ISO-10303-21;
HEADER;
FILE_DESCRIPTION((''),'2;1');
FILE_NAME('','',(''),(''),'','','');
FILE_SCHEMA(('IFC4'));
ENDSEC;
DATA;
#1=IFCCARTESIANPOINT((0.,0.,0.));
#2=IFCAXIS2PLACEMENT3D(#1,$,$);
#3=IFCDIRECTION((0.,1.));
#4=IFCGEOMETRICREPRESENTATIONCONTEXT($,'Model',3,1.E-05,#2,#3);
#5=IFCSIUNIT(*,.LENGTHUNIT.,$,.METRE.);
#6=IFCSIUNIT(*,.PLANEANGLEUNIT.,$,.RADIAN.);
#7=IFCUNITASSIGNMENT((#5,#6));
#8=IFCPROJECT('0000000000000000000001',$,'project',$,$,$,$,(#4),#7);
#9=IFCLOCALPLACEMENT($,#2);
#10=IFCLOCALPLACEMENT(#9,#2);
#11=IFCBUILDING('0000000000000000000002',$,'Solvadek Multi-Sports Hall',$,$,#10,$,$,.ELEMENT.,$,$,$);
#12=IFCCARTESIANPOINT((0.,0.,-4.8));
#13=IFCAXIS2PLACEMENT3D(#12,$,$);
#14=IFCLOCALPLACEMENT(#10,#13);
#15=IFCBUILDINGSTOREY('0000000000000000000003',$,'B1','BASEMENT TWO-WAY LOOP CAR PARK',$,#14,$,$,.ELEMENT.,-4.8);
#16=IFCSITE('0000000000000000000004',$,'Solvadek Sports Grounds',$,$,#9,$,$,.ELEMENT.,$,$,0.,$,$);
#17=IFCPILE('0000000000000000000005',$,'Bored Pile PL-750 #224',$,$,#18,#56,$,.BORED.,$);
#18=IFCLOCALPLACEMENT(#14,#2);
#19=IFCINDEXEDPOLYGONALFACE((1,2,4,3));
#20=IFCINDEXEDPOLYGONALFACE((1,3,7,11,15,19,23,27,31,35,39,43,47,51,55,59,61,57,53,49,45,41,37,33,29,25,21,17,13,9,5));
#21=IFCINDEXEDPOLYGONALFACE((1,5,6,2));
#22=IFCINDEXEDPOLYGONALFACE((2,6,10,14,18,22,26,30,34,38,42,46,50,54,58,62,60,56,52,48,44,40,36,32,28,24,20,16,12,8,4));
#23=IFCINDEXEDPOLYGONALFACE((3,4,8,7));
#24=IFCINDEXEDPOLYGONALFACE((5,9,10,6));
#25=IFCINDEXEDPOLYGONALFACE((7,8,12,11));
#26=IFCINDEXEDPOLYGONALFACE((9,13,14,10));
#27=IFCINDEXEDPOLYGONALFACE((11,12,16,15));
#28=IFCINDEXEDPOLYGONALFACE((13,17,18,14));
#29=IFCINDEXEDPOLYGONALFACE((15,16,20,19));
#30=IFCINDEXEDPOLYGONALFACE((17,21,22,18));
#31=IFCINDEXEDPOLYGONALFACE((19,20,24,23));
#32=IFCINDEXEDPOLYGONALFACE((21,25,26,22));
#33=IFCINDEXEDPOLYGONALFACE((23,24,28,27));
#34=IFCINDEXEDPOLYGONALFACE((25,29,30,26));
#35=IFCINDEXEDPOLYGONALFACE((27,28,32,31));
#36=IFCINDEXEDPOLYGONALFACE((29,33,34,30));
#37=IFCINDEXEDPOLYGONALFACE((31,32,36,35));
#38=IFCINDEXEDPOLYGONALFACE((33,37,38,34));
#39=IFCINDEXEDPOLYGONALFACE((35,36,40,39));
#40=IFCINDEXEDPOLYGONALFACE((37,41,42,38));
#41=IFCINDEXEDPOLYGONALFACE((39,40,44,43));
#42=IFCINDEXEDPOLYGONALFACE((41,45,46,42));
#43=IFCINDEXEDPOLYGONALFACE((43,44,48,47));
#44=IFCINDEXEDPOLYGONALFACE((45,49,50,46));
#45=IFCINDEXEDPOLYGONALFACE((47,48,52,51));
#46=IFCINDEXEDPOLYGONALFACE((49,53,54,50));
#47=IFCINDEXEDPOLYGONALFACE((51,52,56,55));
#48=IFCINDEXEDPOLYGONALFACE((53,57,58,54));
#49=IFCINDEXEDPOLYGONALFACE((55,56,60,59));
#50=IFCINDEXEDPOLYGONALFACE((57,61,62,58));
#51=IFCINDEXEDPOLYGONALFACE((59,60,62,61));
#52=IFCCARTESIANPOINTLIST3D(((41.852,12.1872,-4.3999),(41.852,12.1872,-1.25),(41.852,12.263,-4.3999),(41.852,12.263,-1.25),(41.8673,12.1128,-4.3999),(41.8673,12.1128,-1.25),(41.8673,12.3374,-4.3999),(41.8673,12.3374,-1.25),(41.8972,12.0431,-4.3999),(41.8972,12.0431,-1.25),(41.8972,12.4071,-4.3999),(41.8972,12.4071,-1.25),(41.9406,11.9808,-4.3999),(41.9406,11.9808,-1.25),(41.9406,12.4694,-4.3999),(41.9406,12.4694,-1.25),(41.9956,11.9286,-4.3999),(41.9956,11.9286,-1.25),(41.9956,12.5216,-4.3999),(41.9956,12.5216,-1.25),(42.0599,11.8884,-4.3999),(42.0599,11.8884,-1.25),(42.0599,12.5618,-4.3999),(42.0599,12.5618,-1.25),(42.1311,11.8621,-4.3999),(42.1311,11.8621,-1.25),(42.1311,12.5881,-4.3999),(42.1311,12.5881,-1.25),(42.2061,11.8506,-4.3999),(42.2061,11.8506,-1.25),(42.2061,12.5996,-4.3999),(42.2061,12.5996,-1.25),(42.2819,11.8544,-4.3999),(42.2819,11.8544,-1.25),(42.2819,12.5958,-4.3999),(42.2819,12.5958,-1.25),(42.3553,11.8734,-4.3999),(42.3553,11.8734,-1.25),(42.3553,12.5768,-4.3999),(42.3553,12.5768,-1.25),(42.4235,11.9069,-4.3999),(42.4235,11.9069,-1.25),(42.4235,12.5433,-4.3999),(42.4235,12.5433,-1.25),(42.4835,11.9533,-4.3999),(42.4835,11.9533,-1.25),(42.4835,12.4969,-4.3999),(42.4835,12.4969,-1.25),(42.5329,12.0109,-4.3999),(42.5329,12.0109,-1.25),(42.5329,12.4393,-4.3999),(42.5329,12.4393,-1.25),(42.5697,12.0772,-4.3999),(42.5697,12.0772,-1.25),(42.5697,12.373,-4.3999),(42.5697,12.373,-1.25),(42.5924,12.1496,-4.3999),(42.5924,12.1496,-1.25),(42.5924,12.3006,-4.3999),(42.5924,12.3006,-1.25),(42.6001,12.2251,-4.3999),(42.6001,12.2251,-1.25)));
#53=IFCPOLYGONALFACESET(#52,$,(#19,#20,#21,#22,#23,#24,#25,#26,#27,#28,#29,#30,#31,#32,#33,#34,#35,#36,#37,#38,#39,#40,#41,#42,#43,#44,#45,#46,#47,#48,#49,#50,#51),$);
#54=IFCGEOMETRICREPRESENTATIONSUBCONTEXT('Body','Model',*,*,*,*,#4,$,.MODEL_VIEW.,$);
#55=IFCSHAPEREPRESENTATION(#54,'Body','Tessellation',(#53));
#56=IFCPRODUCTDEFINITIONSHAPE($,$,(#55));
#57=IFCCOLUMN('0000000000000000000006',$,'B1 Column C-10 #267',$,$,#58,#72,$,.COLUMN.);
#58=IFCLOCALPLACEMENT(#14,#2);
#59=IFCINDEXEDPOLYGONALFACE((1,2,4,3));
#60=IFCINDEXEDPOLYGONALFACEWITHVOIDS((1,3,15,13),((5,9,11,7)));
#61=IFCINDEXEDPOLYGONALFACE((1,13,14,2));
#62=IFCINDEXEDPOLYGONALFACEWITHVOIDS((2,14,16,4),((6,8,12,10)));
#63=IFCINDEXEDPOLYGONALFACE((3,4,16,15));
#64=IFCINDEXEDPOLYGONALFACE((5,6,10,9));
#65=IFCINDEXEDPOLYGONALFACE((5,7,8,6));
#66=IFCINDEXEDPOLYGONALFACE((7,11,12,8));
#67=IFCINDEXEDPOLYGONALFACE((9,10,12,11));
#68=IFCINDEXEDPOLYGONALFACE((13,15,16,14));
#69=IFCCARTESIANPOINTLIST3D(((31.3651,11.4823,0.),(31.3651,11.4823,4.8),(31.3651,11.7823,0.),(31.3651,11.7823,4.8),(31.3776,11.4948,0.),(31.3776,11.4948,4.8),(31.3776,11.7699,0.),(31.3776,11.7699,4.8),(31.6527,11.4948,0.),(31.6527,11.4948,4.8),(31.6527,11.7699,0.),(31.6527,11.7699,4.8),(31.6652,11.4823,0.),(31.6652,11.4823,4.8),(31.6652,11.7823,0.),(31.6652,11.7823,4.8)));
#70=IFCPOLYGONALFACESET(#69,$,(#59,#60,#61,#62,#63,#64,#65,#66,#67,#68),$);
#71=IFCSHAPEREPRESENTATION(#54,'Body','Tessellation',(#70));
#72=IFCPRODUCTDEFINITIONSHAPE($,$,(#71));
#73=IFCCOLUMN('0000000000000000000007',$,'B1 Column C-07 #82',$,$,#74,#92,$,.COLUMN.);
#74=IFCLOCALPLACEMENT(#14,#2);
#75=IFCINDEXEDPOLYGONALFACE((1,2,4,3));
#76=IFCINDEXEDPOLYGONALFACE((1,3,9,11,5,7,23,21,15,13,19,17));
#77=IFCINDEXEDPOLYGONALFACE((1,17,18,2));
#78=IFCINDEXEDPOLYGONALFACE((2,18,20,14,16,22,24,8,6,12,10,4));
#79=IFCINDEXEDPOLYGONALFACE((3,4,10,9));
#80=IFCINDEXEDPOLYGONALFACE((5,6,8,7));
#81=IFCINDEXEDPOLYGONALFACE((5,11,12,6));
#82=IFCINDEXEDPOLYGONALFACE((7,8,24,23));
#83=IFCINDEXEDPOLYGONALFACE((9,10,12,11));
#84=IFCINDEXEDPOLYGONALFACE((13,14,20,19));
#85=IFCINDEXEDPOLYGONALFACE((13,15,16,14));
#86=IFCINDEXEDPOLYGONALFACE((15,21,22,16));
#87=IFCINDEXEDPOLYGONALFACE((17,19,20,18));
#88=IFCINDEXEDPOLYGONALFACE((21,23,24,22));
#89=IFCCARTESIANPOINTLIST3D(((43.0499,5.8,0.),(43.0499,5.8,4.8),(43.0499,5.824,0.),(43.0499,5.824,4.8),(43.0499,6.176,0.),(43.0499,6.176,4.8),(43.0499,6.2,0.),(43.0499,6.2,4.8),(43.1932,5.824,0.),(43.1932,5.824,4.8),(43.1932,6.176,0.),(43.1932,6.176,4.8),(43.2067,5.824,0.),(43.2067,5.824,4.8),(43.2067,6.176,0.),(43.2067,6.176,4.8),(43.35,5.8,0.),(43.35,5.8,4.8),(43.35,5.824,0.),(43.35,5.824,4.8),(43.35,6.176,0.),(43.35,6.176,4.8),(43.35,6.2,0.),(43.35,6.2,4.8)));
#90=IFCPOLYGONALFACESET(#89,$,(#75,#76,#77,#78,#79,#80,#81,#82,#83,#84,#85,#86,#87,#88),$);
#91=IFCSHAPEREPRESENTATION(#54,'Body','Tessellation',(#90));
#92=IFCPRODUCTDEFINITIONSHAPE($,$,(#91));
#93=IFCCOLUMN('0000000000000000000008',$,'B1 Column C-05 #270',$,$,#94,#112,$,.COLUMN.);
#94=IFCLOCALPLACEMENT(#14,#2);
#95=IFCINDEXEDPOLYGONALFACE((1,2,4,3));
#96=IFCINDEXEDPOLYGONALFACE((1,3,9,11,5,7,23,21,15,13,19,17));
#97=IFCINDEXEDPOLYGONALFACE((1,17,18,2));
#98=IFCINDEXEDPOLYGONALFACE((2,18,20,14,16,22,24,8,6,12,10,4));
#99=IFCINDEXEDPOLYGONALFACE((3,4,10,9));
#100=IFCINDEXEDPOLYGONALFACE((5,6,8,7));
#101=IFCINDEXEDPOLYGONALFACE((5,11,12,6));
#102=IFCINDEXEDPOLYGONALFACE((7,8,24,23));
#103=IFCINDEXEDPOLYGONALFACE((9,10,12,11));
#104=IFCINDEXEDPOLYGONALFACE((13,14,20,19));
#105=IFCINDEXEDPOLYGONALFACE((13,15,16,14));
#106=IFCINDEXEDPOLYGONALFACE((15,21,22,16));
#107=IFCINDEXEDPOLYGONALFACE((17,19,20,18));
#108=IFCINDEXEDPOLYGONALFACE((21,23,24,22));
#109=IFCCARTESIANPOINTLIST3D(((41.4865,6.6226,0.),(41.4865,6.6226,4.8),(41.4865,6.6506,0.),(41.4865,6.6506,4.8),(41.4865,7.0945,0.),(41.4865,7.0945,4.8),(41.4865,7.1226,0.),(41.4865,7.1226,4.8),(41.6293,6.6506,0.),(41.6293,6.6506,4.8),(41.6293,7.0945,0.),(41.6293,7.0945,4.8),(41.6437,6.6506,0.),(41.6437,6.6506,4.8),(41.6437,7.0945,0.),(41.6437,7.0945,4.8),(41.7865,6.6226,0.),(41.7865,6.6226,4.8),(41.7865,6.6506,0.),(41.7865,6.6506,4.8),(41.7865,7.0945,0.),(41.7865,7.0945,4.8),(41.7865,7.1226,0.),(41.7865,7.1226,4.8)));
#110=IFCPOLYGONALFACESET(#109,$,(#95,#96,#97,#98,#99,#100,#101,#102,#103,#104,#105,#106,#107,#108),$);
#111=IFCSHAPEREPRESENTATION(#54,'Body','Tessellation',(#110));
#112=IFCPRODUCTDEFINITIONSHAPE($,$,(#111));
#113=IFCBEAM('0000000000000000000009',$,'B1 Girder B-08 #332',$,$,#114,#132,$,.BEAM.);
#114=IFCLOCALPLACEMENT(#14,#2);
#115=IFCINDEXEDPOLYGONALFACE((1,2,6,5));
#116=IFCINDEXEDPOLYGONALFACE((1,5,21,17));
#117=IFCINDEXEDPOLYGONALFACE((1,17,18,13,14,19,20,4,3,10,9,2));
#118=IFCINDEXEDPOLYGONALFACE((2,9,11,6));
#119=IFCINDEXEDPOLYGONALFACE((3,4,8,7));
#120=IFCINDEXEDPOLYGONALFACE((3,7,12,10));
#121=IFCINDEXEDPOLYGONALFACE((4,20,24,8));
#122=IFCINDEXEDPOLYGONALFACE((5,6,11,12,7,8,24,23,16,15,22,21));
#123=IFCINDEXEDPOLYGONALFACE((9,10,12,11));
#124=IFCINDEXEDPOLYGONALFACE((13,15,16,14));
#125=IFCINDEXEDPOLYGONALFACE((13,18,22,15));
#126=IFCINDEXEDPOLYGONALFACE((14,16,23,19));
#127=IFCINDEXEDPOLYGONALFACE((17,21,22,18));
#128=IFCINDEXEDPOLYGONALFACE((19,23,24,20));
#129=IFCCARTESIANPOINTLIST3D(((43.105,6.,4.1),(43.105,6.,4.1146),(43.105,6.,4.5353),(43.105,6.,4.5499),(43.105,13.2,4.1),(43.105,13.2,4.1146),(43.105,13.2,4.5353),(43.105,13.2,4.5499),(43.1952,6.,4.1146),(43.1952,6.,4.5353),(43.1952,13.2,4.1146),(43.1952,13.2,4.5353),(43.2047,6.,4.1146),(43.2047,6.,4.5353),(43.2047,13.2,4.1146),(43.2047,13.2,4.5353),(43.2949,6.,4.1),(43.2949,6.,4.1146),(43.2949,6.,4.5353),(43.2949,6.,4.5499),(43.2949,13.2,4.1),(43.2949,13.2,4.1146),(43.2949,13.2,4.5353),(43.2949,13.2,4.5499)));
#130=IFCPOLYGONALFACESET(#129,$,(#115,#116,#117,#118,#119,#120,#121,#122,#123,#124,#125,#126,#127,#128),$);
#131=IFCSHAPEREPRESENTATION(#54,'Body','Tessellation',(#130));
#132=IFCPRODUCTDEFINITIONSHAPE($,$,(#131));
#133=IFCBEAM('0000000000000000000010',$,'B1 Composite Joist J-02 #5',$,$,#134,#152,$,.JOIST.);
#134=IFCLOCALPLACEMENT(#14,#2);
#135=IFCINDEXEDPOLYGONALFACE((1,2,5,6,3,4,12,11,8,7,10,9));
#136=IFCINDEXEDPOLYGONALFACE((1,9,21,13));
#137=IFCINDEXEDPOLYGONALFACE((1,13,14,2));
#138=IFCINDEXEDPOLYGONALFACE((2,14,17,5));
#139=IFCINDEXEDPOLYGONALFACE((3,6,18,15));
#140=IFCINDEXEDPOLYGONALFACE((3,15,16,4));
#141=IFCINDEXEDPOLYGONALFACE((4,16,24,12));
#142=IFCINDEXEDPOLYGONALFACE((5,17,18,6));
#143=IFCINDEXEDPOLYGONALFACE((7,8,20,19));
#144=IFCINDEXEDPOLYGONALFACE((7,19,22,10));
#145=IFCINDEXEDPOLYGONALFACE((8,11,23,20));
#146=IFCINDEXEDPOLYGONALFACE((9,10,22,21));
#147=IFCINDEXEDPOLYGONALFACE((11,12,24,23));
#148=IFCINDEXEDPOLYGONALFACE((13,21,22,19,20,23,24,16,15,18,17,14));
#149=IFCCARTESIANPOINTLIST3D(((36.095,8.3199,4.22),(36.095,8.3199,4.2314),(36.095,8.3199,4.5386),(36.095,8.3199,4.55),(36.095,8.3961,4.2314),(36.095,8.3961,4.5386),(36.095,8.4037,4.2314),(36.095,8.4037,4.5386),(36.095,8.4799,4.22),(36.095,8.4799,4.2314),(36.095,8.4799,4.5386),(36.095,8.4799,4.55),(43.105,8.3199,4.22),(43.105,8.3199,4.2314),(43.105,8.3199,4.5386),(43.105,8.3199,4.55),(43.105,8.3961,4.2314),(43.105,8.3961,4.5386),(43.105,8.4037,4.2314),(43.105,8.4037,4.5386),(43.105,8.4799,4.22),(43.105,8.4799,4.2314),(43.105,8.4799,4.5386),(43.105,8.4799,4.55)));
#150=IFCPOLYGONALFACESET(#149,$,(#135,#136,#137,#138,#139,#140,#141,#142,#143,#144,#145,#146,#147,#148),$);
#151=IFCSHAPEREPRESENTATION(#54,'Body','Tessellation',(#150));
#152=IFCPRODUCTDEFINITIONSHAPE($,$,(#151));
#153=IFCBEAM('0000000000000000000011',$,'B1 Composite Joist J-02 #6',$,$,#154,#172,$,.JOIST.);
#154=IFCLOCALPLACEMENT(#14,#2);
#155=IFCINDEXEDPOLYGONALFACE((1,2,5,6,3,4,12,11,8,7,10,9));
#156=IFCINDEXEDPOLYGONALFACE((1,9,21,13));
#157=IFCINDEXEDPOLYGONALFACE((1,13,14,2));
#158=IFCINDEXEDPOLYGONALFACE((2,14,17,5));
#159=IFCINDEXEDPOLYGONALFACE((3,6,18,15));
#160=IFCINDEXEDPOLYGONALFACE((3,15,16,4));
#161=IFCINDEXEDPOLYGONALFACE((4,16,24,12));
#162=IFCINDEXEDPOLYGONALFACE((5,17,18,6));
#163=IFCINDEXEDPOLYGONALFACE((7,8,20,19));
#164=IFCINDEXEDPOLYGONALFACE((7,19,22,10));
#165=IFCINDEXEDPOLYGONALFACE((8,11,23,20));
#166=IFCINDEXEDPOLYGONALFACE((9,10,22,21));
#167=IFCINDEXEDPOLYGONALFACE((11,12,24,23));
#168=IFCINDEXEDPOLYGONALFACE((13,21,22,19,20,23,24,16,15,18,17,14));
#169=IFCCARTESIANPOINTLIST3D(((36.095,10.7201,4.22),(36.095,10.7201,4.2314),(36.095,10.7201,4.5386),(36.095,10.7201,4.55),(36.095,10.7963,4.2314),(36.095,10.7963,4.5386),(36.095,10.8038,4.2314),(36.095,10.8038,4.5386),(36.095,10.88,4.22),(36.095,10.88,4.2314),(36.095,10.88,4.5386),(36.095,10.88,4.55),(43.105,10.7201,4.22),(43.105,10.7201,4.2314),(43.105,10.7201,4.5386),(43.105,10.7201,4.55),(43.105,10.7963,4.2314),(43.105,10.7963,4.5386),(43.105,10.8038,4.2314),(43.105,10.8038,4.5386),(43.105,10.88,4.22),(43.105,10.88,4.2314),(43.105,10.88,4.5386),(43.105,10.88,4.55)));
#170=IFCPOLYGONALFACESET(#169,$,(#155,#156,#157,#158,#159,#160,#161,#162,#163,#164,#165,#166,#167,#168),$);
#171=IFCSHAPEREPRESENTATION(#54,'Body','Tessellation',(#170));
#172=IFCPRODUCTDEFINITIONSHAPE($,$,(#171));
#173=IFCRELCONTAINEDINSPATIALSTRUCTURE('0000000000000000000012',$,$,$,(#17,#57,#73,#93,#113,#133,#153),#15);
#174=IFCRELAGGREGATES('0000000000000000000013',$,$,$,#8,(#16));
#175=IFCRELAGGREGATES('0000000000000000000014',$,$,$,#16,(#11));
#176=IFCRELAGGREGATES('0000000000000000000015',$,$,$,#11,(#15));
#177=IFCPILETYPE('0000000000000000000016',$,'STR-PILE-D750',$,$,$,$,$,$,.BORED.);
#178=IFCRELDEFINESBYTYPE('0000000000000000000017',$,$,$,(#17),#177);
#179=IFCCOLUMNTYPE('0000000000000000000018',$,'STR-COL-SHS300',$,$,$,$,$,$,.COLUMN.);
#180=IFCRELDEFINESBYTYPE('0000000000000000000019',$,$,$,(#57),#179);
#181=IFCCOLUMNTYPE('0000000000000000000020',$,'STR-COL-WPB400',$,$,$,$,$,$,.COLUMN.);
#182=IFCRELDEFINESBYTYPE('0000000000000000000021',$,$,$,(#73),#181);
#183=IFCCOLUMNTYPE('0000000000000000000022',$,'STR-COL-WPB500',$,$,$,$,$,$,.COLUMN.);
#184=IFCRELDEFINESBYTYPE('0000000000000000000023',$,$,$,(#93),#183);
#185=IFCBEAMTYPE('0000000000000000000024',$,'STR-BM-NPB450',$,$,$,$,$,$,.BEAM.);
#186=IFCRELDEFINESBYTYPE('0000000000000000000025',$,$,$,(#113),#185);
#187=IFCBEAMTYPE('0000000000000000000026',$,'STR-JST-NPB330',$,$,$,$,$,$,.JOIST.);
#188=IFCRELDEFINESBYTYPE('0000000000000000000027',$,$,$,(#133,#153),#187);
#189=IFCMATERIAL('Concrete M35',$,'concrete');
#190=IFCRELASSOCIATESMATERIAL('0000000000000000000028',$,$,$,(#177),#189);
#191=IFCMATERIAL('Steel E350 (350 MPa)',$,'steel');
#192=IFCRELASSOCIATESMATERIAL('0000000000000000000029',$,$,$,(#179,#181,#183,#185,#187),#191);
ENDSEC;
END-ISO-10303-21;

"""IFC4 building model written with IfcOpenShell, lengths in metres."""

from ifc_helpers import new_model, si_unit, direction, frame, origin, origin_2d, place, context, subcontext, project, spatial, hollow_rectangle, circle, i_section, extrude, material, material_profile, profile_set, type_object, element, save


model = new_model("IFC4")

# Units and contexts
model_context = context("Model", 3, precision=1e-05, world=origin(), true_north=direction((0.0, 1.0)))
body_context = subcontext(model_context, "Body", "Model", "MODEL_VIEW")
ifc_project = project(units=[si_unit("LENGTHUNIT", "METRE"), si_unit("PLANEANGLEUNIT", "RADIAN")], contexts=[model_context])

# Site, building, storey
site_placement = place(None, origin())
site = spatial("IfcSite", under=ifc_project, at=site_placement, Name="Solvadek Sports Grounds", CompositionType="ELEMENT", RefElevation=0.0)
building_placement = place(site_placement, origin())
building = spatial("IfcBuilding", under=site, at=building_placement, Name="Solvadek Multi-Sports Hall", CompositionType="ELEMENT")
storey_placement = place(building_placement, frame((0.0, 0.0, -4.8)))
storey = spatial("IfcBuildingStorey", under=building, at=storey_placement, Name="B1", Description="BASEMENT TWO-WAY LOOP CAR PARK", CompositionType="ELEMENT", Elevation=-4.8)

# Pile
ifc_material_1 = material(Name="Concrete M35", Category="concrete")
ifc_material_profile_1 = material_profile(ifc_material_1, circle(Radius=0.375, at=origin_2d()), Name="BORED PILE D750")
ifc_profile_set_1 = profile_set([ifc_material_profile_1], Name="Concrete M35")
pile_type_1 = type_object("IfcPileType", Name="STR-PILE-D750", PredefinedType="BORED", material=ifc_profile_set_1)
pile_1_placement = place(storey_placement, frame((42.2251, 12.2251, -1.25), z_axis=(0.0, 0.0, -1.0), x_axis=(1.0, 0.0, 0.0)))
element("IfcPile", 1, at=pile_1_placement, inside=storey, type_object=pile_type_1, Name="Bored Pile PL-750 #224", PredefinedType="BORED", context=body_context, shape_type="SweptSolid", body=[
    extrude(circle(Radius=0.375, at=origin_2d()), origin(), (0.0, 0.0, 1.0), 3.1499),
])

# Columns
ifc_material_2 = material(Name="Steel E350 (350 MPa)", Category="steel")
ifc_material_profile_2 = material_profile(ifc_material_2, hollow_rectangle(XDim=0.3, YDim=0.3, WallThickness=0.0125, at=origin_2d()), Name="SHS 300x300x12.5")
ifc_profile_set_2 = profile_set([ifc_material_profile_2], Name="Steel E350 (350 MPa)")
column_type_1 = type_object("IfcColumnType", Name="STR-COL-SHS300", PredefinedType="COLUMN", material=ifc_profile_set_2)
column_1_placement = place(storey_placement, frame((31.5151, 11.6323, 0.0), z_axis=(0.0, 0.0, 1.0), x_axis=(1.0, 0.0, 0.0)))
element("IfcColumn", 2, at=column_1_placement, inside=storey, type_object=column_type_1, Name="B1 Column C-10 #267", PredefinedType="COLUMN", context=body_context, shape_type="SweptSolid", body=[
    extrude(hollow_rectangle(XDim=0.3, YDim=0.3, WallThickness=0.0125, at=origin_2d()), origin(), (0.0, 0.0, 1.0), 4.8),
])
ifc_material_profile_3 = material_profile(ifc_material_2, i_section(OverallWidth=0.3, OverallDepth=0.3999, WebThickness=0.0134, FlangeThickness=0.0239, at=origin_2d()), Name="WPB 400")
ifc_profile_set_3 = profile_set([ifc_material_profile_3], Name="Steel E350 (350 MPa)")
column_type_2 = type_object("IfcColumnType", Name="STR-COL-WPB400", PredefinedType="COLUMN", material=ifc_profile_set_3)
column_2_placement = place(storey_placement, frame((43.2, 6.0, 0.0), z_axis=(0.0, 0.0, 1.0), x_axis=(1.0, 0.0, 0.0)))
element("IfcColumn", 3, at=column_2_placement, inside=storey, type_object=column_type_2, Name="B1 Column C-07 #82", PredefinedType="COLUMN", context=body_context, shape_type="SweptSolid", body=[
    extrude(i_section(OverallWidth=0.3, OverallDepth=0.3999, WebThickness=0.0134, FlangeThickness=0.0239, at=origin_2d()), origin(), (0.0, 0.0, 1.0), 4.8),
])
ifc_material_profile_4 = material_profile(ifc_material_2, i_section(OverallWidth=0.3, OverallDepth=0.5, WebThickness=0.0144, FlangeThickness=0.0281, at=origin_2d()), Name="WPB 500")
ifc_profile_set_4 = profile_set([ifc_material_profile_4], Name="Steel E350 (350 MPa)")
column_type_3 = type_object("IfcColumnType", Name="STR-COL-WPB500", PredefinedType="COLUMN", material=ifc_profile_set_4)
column_3_placement = place(storey_placement, frame((41.6365, 6.8726, 0.0), z_axis=(0.0, 0.0, 1.0), x_axis=(1.0, 0.0, 0.0)))
element("IfcColumn", 4, at=column_3_placement, inside=storey, type_object=column_type_3, Name="B1 Column C-05 #270", PredefinedType="COLUMN", context=body_context, shape_type="SweptSolid", body=[
    extrude(i_section(OverallWidth=0.3, OverallDepth=0.5, WebThickness=0.0144, FlangeThickness=0.0281, at=origin_2d()), origin(), (0.0, 0.0, 1.0), 4.8),
])

# Beams
ifc_material_profile_5 = material_profile(ifc_material_2, i_section(OverallWidth=0.1899, OverallDepth=0.45, WebThickness=0.0095, FlangeThickness=0.0146, at=origin_2d()), Name="NPB 450")
ifc_profile_set_5 = profile_set([ifc_material_profile_5], Name="Steel E350 (350 MPa)")
beam_type_1 = type_object("IfcBeamType", Name="STR-BM-NPB450", PredefinedType="BEAM", material=ifc_profile_set_5)
beam_1_placement = place(storey_placement, frame((43.2, 6.0, 4.325), z_axis=(0.0, 1.0, 0.0), x_axis=(-1.0, 0.0, 0.0)))
element("IfcBeam", 5, at=beam_1_placement, inside=storey, type_object=beam_type_1, Name="B1 Girder B-08 #332", PredefinedType="BEAM", context=body_context, shape_type="SweptSolid", body=[
    extrude(i_section(OverallWidth=0.1899, OverallDepth=0.45, WebThickness=0.0095, FlangeThickness=0.0146, at=origin_2d()), origin(), (0.0, 0.0, 1.0), 7.2),
])
ifc_material_profile_6 = material_profile(ifc_material_2, i_section(OverallWidth=0.1599, OverallDepth=0.3301, WebThickness=0.0076, FlangeThickness=0.0115, at=origin_2d()), Name="NPB 330")
ifc_profile_set_6 = profile_set([ifc_material_profile_6], Name="Steel E350 (350 MPa)")
beam_type_2 = type_object("IfcBeamType", Name="STR-JST-NPB330", PredefinedType="JOIST", material=ifc_profile_set_6)
for number, where, z_axis, x_axis, name in (
    (6, (36.095, 8.3999, 4.385), (1.0, 0.0, 0.0), (0.0, 1.0, 0.0), "B1 Composite Joist J-02 #5"),
    (7, (36.095, 10.8, 4.385), (1.0, 0.0, 0.0), (0.0, 1.0, 0.0), "B1 Composite Joist J-02 #6"),
):
    element("IfcBeam", number, at=place(storey_placement, frame(where, z_axis=z_axis, x_axis=x_axis)), inside=storey, type_object=beam_type_2, Name=name, PredefinedType="JOIST", context=body_context, shape_type="SweptSolid", body=[
        extrude(i_section(OverallWidth=0.1599, OverallDepth=0.3301, WebThickness=0.0076, FlangeThickness=0.0115, at=origin_2d()), origin(), (0.0, 0.0, 1.0), 7.01),
    ])

save(model, "model.ifc")
